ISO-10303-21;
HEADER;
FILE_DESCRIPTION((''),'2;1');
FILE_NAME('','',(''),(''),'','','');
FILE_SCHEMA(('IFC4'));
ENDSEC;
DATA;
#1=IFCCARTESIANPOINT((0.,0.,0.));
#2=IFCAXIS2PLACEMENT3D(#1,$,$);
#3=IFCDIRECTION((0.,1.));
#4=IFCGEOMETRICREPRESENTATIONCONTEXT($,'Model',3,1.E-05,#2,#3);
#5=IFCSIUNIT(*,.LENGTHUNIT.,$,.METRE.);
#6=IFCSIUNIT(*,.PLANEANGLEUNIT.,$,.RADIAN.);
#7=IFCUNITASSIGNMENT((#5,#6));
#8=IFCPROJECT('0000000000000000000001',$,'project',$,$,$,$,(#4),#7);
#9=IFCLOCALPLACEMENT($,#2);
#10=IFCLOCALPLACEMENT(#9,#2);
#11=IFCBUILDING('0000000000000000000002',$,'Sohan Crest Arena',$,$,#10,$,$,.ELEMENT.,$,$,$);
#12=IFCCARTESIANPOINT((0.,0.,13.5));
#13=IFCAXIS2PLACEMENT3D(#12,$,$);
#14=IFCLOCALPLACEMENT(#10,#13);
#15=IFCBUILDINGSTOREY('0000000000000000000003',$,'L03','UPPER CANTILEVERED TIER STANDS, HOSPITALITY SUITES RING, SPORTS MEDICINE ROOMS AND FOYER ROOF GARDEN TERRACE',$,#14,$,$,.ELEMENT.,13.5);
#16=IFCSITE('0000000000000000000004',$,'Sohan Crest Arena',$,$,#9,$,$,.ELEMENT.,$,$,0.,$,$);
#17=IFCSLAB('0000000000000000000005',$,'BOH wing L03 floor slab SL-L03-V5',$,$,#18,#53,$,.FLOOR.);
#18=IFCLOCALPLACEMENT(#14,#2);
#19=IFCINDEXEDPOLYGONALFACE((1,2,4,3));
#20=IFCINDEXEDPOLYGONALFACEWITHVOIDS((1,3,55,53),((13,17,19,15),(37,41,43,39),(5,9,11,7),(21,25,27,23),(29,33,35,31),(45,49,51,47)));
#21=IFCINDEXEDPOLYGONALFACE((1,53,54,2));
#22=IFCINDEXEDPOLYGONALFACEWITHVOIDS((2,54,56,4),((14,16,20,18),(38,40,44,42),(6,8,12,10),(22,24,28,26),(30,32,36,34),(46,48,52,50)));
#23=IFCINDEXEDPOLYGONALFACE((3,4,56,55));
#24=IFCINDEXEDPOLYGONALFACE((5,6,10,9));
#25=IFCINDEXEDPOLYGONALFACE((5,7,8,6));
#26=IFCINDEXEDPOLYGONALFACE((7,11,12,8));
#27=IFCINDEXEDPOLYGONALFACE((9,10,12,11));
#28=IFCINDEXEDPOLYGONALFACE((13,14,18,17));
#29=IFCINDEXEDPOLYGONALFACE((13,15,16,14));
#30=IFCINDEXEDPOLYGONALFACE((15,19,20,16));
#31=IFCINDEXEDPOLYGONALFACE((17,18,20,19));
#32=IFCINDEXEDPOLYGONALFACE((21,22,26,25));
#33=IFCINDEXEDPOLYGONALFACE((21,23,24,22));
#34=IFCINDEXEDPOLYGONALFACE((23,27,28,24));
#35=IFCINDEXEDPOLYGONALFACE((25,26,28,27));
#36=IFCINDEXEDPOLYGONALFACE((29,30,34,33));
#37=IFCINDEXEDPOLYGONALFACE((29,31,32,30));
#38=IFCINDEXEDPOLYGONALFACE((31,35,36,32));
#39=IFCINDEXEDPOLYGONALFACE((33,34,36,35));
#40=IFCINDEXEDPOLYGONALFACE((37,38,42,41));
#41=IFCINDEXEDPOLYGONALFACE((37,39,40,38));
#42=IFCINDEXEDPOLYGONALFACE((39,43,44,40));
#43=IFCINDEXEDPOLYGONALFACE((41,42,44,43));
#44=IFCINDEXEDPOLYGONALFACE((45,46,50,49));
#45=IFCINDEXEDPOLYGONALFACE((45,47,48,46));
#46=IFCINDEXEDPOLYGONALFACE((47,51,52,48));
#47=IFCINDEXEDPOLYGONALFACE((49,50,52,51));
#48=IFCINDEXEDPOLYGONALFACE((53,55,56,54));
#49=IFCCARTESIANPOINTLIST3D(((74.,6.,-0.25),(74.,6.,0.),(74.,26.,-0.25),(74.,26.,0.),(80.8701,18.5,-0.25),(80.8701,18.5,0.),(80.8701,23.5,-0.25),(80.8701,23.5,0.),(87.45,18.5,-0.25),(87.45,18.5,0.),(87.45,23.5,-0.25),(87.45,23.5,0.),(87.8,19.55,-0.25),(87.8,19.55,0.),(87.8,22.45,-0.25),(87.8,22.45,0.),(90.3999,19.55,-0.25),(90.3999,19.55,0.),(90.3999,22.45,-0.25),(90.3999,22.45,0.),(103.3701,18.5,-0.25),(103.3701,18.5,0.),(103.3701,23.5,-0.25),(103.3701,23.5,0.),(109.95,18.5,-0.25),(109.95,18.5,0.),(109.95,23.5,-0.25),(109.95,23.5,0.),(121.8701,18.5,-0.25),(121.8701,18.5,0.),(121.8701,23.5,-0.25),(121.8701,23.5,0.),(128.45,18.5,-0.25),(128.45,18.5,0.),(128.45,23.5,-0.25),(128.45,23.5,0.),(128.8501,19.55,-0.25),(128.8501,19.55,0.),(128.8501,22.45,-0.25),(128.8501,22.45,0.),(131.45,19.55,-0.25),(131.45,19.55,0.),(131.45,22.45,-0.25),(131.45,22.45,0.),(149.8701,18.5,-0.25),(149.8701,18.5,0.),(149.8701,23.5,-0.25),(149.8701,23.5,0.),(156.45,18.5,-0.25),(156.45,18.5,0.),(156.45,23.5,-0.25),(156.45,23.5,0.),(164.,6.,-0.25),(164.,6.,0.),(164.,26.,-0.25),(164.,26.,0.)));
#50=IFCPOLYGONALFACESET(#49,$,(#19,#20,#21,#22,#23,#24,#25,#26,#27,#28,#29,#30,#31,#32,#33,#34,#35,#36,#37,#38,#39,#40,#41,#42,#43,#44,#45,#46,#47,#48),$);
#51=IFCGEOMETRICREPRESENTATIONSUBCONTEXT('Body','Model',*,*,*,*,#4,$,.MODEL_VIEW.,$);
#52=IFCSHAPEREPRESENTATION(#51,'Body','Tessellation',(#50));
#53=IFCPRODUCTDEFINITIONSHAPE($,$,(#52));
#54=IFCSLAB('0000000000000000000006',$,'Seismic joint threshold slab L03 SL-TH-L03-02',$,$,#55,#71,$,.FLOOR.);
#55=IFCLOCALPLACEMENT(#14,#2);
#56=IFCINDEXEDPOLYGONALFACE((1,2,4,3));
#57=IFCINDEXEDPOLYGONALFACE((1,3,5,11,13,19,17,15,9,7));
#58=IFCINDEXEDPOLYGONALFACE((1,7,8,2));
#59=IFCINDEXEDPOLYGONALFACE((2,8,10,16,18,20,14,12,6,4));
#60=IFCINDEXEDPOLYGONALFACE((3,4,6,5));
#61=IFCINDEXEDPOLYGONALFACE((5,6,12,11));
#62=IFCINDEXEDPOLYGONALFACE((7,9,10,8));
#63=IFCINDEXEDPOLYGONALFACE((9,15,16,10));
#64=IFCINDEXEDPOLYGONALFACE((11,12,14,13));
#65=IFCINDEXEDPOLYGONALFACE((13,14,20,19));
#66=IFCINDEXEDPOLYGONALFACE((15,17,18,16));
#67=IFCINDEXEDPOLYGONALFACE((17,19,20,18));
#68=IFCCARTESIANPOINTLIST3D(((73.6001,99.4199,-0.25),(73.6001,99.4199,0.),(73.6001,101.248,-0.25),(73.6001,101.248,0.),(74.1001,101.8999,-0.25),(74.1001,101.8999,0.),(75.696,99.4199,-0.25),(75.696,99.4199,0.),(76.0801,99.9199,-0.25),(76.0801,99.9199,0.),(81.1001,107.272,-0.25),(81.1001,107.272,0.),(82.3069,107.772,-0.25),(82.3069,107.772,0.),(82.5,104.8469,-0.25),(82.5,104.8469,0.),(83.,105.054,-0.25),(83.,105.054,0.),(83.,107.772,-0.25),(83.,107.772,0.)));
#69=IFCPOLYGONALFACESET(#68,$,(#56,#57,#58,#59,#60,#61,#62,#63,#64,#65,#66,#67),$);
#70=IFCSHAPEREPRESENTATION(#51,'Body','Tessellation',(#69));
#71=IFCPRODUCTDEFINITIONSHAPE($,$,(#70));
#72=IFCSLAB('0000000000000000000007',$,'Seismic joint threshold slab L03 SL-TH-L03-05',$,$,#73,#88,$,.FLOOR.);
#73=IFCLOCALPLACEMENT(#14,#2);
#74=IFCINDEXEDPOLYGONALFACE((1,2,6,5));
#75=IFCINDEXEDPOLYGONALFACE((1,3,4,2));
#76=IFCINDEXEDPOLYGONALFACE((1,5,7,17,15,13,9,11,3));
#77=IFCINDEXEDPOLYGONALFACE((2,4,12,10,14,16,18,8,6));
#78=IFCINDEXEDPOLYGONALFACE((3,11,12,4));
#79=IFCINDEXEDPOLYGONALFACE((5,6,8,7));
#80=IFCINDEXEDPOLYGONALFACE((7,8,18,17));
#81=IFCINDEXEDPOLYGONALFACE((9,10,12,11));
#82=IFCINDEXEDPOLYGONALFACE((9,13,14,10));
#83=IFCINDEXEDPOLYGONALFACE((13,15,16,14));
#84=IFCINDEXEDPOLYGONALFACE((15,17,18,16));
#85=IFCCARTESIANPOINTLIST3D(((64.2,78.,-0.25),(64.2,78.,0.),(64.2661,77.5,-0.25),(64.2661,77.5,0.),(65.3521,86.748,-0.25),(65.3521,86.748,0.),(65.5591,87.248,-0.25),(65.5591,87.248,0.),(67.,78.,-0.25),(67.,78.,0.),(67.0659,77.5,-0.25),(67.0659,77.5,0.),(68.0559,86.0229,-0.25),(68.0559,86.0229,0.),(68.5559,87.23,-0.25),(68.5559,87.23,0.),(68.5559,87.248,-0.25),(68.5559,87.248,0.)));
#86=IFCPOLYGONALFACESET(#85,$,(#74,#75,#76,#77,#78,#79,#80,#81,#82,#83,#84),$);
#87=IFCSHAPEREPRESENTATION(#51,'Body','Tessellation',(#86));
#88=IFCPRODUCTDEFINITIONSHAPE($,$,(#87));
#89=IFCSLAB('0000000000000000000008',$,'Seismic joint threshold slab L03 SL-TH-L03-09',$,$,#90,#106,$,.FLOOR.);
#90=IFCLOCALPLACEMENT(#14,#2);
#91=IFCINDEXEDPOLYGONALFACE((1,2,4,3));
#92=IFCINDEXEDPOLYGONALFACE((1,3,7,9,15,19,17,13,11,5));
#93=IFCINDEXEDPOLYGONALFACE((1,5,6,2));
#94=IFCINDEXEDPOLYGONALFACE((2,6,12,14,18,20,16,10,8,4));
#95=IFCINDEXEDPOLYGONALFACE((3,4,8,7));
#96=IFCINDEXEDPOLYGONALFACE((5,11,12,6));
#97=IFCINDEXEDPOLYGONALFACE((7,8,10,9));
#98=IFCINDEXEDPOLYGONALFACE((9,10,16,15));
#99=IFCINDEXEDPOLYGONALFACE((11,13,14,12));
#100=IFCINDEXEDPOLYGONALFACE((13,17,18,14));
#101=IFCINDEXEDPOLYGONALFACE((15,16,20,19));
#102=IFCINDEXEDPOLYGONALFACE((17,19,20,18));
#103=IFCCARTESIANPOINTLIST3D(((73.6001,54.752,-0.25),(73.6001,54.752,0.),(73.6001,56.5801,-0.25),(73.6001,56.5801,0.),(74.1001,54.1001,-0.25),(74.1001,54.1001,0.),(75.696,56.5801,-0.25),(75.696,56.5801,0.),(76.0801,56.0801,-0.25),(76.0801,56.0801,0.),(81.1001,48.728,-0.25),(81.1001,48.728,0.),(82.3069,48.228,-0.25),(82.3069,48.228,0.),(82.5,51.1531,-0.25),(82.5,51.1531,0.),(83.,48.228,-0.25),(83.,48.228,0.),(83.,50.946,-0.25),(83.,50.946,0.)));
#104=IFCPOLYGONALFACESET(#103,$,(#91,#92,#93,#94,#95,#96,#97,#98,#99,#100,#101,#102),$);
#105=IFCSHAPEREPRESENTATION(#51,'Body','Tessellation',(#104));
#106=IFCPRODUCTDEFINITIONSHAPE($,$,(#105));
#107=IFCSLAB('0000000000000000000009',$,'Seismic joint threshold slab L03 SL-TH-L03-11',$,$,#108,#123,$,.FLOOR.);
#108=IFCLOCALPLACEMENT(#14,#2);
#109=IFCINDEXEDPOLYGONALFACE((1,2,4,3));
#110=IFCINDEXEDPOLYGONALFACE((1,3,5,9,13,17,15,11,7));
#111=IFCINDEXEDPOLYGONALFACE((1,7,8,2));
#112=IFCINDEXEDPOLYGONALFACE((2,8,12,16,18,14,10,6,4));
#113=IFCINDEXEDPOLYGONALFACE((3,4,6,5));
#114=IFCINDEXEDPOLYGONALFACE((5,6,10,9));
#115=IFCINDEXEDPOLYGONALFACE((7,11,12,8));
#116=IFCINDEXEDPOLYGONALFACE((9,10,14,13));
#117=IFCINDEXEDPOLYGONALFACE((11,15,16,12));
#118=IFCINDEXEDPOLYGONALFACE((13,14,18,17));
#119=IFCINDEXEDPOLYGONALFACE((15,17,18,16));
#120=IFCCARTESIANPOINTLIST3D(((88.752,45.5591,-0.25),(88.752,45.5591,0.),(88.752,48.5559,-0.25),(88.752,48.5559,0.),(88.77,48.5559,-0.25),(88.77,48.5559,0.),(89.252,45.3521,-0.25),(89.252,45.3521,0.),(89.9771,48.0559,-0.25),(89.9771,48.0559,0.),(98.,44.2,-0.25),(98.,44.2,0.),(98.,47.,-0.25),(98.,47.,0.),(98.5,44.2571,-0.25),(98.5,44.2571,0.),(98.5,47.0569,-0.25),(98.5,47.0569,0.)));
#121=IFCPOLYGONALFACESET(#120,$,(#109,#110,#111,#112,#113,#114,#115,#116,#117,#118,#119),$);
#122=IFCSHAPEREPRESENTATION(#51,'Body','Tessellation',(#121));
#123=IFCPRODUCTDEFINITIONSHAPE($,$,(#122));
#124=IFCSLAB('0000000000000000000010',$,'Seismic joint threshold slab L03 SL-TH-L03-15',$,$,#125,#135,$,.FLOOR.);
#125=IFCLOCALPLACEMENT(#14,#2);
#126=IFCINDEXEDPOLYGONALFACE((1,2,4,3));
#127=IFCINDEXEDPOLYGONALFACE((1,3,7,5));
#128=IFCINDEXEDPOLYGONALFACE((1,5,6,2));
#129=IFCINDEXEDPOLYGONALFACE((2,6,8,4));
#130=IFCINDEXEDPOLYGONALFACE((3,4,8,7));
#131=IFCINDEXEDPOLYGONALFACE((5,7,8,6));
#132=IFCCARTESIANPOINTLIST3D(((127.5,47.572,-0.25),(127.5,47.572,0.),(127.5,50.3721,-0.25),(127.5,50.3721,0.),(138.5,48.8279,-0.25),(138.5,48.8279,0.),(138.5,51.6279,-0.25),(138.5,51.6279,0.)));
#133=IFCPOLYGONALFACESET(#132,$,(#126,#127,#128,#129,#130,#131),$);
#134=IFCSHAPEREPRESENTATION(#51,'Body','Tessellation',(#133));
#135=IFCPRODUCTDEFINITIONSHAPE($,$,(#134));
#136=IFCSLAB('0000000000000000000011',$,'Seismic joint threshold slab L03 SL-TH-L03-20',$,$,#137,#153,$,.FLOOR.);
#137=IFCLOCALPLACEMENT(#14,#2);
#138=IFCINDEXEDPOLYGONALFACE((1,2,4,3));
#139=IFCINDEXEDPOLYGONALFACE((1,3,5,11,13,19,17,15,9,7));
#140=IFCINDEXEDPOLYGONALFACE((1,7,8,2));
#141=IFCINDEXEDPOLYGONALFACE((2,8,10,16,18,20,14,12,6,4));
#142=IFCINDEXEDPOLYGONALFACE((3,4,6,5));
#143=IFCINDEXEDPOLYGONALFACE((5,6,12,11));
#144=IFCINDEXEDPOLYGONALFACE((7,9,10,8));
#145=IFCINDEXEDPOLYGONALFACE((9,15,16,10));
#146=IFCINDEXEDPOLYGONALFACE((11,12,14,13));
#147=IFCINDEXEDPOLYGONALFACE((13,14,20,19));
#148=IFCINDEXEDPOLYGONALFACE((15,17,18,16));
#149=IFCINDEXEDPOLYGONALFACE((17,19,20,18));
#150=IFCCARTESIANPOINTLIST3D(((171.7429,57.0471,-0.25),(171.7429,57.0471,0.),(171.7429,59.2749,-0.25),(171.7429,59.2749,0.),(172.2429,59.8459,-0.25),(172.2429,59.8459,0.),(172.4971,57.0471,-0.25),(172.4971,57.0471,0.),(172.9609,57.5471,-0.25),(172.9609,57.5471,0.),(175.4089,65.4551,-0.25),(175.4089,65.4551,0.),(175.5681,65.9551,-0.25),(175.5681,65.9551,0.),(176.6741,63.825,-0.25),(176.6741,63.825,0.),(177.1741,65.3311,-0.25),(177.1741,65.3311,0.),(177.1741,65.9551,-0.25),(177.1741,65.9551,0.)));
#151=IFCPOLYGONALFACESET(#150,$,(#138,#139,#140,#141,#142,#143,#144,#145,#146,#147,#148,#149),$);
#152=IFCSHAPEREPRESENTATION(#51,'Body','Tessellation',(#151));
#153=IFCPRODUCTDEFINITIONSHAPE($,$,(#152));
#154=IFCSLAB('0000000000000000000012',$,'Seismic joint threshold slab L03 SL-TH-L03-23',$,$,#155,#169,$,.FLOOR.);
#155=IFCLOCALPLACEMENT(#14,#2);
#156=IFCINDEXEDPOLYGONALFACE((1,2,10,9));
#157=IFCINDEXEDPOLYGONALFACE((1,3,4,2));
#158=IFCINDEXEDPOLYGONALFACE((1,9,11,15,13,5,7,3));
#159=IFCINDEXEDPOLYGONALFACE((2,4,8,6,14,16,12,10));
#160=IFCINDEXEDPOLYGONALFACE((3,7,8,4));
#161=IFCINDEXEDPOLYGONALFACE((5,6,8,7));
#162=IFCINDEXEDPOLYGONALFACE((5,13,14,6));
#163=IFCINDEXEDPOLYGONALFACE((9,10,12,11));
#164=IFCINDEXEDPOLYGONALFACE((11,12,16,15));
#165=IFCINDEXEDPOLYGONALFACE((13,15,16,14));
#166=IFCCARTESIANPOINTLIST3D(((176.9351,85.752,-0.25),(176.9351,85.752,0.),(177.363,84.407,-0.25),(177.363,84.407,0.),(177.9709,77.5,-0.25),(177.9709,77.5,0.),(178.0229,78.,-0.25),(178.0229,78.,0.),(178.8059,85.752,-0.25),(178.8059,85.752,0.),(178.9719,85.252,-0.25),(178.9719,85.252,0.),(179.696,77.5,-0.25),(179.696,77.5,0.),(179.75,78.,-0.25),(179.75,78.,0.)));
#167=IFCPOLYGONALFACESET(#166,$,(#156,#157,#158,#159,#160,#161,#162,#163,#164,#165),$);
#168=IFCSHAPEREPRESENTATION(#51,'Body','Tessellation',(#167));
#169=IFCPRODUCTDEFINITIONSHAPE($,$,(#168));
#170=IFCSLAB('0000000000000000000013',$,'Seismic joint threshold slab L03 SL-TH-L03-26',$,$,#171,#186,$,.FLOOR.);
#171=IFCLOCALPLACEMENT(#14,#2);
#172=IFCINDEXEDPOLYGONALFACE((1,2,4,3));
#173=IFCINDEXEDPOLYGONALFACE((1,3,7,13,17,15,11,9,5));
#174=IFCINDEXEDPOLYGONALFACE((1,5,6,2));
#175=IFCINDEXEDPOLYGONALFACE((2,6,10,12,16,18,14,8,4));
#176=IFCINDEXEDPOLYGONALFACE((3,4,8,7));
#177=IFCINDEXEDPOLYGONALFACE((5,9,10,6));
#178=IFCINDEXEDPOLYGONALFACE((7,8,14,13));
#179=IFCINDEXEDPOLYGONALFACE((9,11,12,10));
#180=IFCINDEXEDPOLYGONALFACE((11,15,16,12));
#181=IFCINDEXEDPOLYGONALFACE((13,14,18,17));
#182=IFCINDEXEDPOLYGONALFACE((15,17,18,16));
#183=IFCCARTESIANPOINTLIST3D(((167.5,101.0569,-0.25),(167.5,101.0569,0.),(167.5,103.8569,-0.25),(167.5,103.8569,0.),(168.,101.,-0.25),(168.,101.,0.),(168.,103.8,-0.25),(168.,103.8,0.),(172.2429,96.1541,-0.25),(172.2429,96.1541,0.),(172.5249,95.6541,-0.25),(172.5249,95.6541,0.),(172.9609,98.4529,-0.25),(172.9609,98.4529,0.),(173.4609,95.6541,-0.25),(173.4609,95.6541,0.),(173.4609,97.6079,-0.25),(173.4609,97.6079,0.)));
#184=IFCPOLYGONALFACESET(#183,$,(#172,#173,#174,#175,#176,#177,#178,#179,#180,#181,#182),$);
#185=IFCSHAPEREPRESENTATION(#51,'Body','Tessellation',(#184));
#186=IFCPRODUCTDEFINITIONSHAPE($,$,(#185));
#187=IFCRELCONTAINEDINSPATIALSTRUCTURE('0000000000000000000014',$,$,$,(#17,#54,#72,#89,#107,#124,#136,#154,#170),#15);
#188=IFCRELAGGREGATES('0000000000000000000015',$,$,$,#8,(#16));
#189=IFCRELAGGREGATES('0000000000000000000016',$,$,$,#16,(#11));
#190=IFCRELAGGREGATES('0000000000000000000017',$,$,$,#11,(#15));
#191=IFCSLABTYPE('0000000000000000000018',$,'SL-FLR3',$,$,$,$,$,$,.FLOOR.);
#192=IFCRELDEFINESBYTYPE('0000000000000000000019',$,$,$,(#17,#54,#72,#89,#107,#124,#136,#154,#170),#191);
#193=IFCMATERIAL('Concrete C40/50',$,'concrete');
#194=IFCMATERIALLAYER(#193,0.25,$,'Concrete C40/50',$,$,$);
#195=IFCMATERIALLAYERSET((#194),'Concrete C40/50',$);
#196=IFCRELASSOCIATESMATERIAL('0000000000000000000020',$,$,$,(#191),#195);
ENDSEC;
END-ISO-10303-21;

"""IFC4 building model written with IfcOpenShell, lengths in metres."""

from ifc_helpers import new_model, si_unit, direction, frame, origin, place, context, subcontext, project, spatial, polyline, outline, extrude, material, layer, layer_set, type_object, element, save


model = new_model("IFC4")

# Units and contexts
model_context = context("Model", 3, precision=1e-05, world=origin(), true_north=direction((0.0, 1.0)))
body_context = subcontext(model_context, "Body", "Model", "MODEL_VIEW")
ifc_project = project(units=[si_unit("LENGTHUNIT", "METRE"), si_unit("PLANEANGLEUNIT", "RADIAN")], contexts=[model_context])

# Site, building, storey
site_placement = place(None, origin())
site = spatial("IfcSite", under=ifc_project, at=site_placement, Name="Sohan Crest Arena", CompositionType="ELEMENT", RefElevation=0.0)
building_placement = place(site_placement, origin())
building = spatial("IfcBuilding", under=site, at=building_placement, Name="Sohan Crest Arena", CompositionType="ELEMENT")
storey_placement = place(building_placement, frame((0.0, 0.0, 13.5)))
storey = spatial("IfcBuildingStorey", under=building, at=storey_placement, Name="L03", Description="UPPER CANTILEVERED TIER STANDS, HOSPITALITY SUITES RING, SPORTS MEDICINE ROOMS AND FOYER ROOF GARDEN TERRACE", CompositionType="ELEMENT", Elevation=13.5)

# Slabs
ifc_material_1 = material(Name="Concrete C40/50", Category="concrete")
ifc_layer_1 = layer(ifc_material_1, 0.25, Name="Concrete C40/50")
ifc_layer_set_1 = layer_set([ifc_layer_1], Name="Concrete C40/50")
slab_type_1 = type_object("IfcSlabType", Name="SL-FLR3", PredefinedType="FLOOR", material=ifc_layer_set_1)
slab_1_placement = place(storey_placement, frame((0.0, 0.0, -0.25)))
element("IfcSlab", 1, at=slab_1_placement, inside=storey, type_object=slab_type_1, Name="BOH wing L03 floor slab SL-L03-V5", PredefinedType="FLOOR", context=body_context, shape_type="SweptSolid", body=[
    extrude(outline(polyline([(164.0, 26.0), (164.0, 6.0), (74.0, 6.0), (74.0, 26.0), (164.0, 26.0)]), holes=[polyline([(149.8701, 23.5), (149.8701, 18.5), (156.45, 18.5), (156.45, 23.5), (149.8701, 23.5)]), polyline([(109.95, 23.5), (103.3701, 23.5), (103.3701, 18.5), (109.95, 18.5), (109.95, 23.5)]), polyline([(87.45, 18.5), (87.45, 23.5), (80.8701, 23.5), (80.8701, 18.5), (87.45, 18.5)]), polyline([(87.8, 19.55), (90.3999, 19.55), (90.3999, 22.45), (87.8, 22.45), (87.8, 19.55)]), polyline([(121.8701, 23.5), (121.8701, 18.5), (128.45, 18.5), (128.45, 23.5), (121.8701, 23.5)]), polyline([(131.45, 22.45), (128.8501, 22.45), (128.8501, 19.55), (131.45, 19.55), (131.45, 22.45)])]), origin(), (0.0, 0.0, 1.0), 0.25),
])
slab_2_placement = place(storey_placement, frame((0.0, 0.0, -0.25)))
element("IfcSlab", 2, at=slab_2_placement, inside=storey, type_object=slab_type_1, Name="Seismic joint threshold slab L03 SL-TH-L03-02", PredefinedType="FLOOR", context=body_context, shape_type="SweptSolid", body=[
    extrude(outline(polyline([(74.1001, 101.8999), (81.1001, 107.272), (82.3069, 107.772), (83.0, 107.772), (83.0, 105.054), (82.5, 104.8469), (76.0801, 99.9199), (75.696, 99.4199), (73.6001, 99.4199), (73.6001, 101.248), (74.1001, 101.8999)])), origin(), (0.0, 0.0, 1.0), 0.25),
])
slab_3_placement = place(storey_placement, frame((0.0, 0.0, -0.25)))
element("IfcSlab", 3, at=slab_3_placement, inside=storey, type_object=slab_type_1, Name="Seismic joint threshold slab L03 SL-TH-L03-05", PredefinedType="FLOOR", context=body_context, shape_type="SweptSolid", body=[
    extrude(outline(polyline([(64.2, 78.0), (65.3521, 86.748), (65.5591, 87.248), (68.5559, 87.248), (68.5559, 87.23), (68.0559, 86.0229), (67.0, 78.0), (67.0659, 77.5), (64.2661, 77.5), (64.2, 78.0)])), origin(), (0.0, 0.0, 1.0), 0.25),
])
slab_4_placement = place(storey_placement, frame((0.0, 0.0, -0.25)))
element("IfcSlab", 4, at=slab_4_placement, inside=storey, type_object=slab_type_1, Name="Seismic joint threshold slab L03 SL-TH-L03-09", PredefinedType="FLOOR", context=body_context, shape_type="SweptSolid", body=[
    extrude(outline(polyline([(81.1001, 48.728), (74.1001, 54.1001), (73.6001, 54.752), (73.6001, 56.5801), (75.696, 56.5801), (76.0801, 56.0801), (82.5, 51.1531), (83.0, 50.946), (83.0, 48.228), (82.3069, 48.228), (81.1001, 48.728)])), origin(), (0.0, 0.0, 1.0), 0.25),
])
slab_5_placement = place(storey_placement, frame((0.0, 0.0, -0.25)))
element("IfcSlab", 5, at=slab_5_placement, inside=storey, type_object=slab_type_1, Name="Seismic joint threshold slab L03 SL-TH-L03-11", PredefinedType="FLOOR", context=body_context, shape_type="SweptSolid", body=[
    extrude(outline(polyline([(98.0, 44.2), (89.252, 45.3521), (88.752, 45.5591), (88.752, 48.5559), (88.77, 48.5559), (89.9771, 48.0559), (98.0, 47.0), (98.5, 47.0569), (98.5, 44.2571), (98.0, 44.2)])), origin(), (0.0, 0.0, 1.0), 0.25),
])
slab_6_placement = place(storey_placement, frame((0.0, 0.0, -0.25)))
element("IfcSlab", 6, at=slab_6_placement, inside=storey, type_object=slab_type_1, Name="Seismic joint threshold slab L03 SL-TH-L03-15", PredefinedType="FLOOR", context=body_context, shape_type="SweptSolid", body=[
    extrude(outline(polyline([(138.5, 48.8279), (127.5, 47.572), (127.5, 50.3721), (138.5, 51.6279), (138.5, 48.8279)])), origin(), (0.0, 0.0, 1.0), 0.25),
])
slab_7_placement = place(storey_placement, frame((0.0, 0.0, -0.25)))
element("IfcSlab", 7, at=slab_7_placement, inside=storey, type_object=slab_type_1, Name="Seismic joint threshold slab L03 SL-TH-L03-20", PredefinedType="FLOOR", context=body_context, shape_type="SweptSolid", body=[
    extrude(outline(polyline([(176.6741, 63.825), (172.9609, 57.5471), (172.4971, 57.0471), (171.7429, 57.0471), (171.7429, 59.2749), (172.2429, 59.8459), (175.4089, 65.4551), (175.5681, 65.9551), (177.1741, 65.9551), (177.1741, 65.3311), (176.6741, 63.825)])), origin(), (0.0, 0.0, 1.0), 0.25),
])
slab_8_placement = place(storey_placement, frame((0.0, 0.0, -0.25)))
element("IfcSlab", 8, at=slab_8_placement, inside=storey, type_object=slab_type_1, Name="Seismic joint threshold slab L03 SL-TH-L03-23", PredefinedType="FLOOR", context=body_context, shape_type="SweptSolid", body=[
    extrude(outline(polyline([(178.9719, 85.252), (179.75, 78.0), (179.696, 77.5), (177.9709, 77.5), (178.0229, 78.0), (177.363, 84.407), (176.9351, 85.752), (178.8059, 85.752), (178.9719, 85.252)])), origin(), (0.0, 0.0, 1.0), 0.25),
])
slab_9_placement = place(storey_placement, frame((0.0, 0.0, -0.25)))
element("IfcSlab", 9, at=slab_9_placement, inside=storey, type_object=slab_type_1, Name="Seismic joint threshold slab L03 SL-TH-L03-26", PredefinedType="FLOOR", context=body_context, shape_type="SweptSolid", body=[
    extrude(outline(polyline([(168.0, 103.8), (172.9609, 98.4529), (173.4609, 97.6079), (173.4609, 95.6541), (172.5249, 95.6541), (172.2429, 96.1541), (168.0, 101.0), (167.5, 101.0569), (167.5, 103.8569), (168.0, 103.8)])), origin(), (0.0, 0.0, 1.0), 0.25),
])

save(model, "model.ifc")
